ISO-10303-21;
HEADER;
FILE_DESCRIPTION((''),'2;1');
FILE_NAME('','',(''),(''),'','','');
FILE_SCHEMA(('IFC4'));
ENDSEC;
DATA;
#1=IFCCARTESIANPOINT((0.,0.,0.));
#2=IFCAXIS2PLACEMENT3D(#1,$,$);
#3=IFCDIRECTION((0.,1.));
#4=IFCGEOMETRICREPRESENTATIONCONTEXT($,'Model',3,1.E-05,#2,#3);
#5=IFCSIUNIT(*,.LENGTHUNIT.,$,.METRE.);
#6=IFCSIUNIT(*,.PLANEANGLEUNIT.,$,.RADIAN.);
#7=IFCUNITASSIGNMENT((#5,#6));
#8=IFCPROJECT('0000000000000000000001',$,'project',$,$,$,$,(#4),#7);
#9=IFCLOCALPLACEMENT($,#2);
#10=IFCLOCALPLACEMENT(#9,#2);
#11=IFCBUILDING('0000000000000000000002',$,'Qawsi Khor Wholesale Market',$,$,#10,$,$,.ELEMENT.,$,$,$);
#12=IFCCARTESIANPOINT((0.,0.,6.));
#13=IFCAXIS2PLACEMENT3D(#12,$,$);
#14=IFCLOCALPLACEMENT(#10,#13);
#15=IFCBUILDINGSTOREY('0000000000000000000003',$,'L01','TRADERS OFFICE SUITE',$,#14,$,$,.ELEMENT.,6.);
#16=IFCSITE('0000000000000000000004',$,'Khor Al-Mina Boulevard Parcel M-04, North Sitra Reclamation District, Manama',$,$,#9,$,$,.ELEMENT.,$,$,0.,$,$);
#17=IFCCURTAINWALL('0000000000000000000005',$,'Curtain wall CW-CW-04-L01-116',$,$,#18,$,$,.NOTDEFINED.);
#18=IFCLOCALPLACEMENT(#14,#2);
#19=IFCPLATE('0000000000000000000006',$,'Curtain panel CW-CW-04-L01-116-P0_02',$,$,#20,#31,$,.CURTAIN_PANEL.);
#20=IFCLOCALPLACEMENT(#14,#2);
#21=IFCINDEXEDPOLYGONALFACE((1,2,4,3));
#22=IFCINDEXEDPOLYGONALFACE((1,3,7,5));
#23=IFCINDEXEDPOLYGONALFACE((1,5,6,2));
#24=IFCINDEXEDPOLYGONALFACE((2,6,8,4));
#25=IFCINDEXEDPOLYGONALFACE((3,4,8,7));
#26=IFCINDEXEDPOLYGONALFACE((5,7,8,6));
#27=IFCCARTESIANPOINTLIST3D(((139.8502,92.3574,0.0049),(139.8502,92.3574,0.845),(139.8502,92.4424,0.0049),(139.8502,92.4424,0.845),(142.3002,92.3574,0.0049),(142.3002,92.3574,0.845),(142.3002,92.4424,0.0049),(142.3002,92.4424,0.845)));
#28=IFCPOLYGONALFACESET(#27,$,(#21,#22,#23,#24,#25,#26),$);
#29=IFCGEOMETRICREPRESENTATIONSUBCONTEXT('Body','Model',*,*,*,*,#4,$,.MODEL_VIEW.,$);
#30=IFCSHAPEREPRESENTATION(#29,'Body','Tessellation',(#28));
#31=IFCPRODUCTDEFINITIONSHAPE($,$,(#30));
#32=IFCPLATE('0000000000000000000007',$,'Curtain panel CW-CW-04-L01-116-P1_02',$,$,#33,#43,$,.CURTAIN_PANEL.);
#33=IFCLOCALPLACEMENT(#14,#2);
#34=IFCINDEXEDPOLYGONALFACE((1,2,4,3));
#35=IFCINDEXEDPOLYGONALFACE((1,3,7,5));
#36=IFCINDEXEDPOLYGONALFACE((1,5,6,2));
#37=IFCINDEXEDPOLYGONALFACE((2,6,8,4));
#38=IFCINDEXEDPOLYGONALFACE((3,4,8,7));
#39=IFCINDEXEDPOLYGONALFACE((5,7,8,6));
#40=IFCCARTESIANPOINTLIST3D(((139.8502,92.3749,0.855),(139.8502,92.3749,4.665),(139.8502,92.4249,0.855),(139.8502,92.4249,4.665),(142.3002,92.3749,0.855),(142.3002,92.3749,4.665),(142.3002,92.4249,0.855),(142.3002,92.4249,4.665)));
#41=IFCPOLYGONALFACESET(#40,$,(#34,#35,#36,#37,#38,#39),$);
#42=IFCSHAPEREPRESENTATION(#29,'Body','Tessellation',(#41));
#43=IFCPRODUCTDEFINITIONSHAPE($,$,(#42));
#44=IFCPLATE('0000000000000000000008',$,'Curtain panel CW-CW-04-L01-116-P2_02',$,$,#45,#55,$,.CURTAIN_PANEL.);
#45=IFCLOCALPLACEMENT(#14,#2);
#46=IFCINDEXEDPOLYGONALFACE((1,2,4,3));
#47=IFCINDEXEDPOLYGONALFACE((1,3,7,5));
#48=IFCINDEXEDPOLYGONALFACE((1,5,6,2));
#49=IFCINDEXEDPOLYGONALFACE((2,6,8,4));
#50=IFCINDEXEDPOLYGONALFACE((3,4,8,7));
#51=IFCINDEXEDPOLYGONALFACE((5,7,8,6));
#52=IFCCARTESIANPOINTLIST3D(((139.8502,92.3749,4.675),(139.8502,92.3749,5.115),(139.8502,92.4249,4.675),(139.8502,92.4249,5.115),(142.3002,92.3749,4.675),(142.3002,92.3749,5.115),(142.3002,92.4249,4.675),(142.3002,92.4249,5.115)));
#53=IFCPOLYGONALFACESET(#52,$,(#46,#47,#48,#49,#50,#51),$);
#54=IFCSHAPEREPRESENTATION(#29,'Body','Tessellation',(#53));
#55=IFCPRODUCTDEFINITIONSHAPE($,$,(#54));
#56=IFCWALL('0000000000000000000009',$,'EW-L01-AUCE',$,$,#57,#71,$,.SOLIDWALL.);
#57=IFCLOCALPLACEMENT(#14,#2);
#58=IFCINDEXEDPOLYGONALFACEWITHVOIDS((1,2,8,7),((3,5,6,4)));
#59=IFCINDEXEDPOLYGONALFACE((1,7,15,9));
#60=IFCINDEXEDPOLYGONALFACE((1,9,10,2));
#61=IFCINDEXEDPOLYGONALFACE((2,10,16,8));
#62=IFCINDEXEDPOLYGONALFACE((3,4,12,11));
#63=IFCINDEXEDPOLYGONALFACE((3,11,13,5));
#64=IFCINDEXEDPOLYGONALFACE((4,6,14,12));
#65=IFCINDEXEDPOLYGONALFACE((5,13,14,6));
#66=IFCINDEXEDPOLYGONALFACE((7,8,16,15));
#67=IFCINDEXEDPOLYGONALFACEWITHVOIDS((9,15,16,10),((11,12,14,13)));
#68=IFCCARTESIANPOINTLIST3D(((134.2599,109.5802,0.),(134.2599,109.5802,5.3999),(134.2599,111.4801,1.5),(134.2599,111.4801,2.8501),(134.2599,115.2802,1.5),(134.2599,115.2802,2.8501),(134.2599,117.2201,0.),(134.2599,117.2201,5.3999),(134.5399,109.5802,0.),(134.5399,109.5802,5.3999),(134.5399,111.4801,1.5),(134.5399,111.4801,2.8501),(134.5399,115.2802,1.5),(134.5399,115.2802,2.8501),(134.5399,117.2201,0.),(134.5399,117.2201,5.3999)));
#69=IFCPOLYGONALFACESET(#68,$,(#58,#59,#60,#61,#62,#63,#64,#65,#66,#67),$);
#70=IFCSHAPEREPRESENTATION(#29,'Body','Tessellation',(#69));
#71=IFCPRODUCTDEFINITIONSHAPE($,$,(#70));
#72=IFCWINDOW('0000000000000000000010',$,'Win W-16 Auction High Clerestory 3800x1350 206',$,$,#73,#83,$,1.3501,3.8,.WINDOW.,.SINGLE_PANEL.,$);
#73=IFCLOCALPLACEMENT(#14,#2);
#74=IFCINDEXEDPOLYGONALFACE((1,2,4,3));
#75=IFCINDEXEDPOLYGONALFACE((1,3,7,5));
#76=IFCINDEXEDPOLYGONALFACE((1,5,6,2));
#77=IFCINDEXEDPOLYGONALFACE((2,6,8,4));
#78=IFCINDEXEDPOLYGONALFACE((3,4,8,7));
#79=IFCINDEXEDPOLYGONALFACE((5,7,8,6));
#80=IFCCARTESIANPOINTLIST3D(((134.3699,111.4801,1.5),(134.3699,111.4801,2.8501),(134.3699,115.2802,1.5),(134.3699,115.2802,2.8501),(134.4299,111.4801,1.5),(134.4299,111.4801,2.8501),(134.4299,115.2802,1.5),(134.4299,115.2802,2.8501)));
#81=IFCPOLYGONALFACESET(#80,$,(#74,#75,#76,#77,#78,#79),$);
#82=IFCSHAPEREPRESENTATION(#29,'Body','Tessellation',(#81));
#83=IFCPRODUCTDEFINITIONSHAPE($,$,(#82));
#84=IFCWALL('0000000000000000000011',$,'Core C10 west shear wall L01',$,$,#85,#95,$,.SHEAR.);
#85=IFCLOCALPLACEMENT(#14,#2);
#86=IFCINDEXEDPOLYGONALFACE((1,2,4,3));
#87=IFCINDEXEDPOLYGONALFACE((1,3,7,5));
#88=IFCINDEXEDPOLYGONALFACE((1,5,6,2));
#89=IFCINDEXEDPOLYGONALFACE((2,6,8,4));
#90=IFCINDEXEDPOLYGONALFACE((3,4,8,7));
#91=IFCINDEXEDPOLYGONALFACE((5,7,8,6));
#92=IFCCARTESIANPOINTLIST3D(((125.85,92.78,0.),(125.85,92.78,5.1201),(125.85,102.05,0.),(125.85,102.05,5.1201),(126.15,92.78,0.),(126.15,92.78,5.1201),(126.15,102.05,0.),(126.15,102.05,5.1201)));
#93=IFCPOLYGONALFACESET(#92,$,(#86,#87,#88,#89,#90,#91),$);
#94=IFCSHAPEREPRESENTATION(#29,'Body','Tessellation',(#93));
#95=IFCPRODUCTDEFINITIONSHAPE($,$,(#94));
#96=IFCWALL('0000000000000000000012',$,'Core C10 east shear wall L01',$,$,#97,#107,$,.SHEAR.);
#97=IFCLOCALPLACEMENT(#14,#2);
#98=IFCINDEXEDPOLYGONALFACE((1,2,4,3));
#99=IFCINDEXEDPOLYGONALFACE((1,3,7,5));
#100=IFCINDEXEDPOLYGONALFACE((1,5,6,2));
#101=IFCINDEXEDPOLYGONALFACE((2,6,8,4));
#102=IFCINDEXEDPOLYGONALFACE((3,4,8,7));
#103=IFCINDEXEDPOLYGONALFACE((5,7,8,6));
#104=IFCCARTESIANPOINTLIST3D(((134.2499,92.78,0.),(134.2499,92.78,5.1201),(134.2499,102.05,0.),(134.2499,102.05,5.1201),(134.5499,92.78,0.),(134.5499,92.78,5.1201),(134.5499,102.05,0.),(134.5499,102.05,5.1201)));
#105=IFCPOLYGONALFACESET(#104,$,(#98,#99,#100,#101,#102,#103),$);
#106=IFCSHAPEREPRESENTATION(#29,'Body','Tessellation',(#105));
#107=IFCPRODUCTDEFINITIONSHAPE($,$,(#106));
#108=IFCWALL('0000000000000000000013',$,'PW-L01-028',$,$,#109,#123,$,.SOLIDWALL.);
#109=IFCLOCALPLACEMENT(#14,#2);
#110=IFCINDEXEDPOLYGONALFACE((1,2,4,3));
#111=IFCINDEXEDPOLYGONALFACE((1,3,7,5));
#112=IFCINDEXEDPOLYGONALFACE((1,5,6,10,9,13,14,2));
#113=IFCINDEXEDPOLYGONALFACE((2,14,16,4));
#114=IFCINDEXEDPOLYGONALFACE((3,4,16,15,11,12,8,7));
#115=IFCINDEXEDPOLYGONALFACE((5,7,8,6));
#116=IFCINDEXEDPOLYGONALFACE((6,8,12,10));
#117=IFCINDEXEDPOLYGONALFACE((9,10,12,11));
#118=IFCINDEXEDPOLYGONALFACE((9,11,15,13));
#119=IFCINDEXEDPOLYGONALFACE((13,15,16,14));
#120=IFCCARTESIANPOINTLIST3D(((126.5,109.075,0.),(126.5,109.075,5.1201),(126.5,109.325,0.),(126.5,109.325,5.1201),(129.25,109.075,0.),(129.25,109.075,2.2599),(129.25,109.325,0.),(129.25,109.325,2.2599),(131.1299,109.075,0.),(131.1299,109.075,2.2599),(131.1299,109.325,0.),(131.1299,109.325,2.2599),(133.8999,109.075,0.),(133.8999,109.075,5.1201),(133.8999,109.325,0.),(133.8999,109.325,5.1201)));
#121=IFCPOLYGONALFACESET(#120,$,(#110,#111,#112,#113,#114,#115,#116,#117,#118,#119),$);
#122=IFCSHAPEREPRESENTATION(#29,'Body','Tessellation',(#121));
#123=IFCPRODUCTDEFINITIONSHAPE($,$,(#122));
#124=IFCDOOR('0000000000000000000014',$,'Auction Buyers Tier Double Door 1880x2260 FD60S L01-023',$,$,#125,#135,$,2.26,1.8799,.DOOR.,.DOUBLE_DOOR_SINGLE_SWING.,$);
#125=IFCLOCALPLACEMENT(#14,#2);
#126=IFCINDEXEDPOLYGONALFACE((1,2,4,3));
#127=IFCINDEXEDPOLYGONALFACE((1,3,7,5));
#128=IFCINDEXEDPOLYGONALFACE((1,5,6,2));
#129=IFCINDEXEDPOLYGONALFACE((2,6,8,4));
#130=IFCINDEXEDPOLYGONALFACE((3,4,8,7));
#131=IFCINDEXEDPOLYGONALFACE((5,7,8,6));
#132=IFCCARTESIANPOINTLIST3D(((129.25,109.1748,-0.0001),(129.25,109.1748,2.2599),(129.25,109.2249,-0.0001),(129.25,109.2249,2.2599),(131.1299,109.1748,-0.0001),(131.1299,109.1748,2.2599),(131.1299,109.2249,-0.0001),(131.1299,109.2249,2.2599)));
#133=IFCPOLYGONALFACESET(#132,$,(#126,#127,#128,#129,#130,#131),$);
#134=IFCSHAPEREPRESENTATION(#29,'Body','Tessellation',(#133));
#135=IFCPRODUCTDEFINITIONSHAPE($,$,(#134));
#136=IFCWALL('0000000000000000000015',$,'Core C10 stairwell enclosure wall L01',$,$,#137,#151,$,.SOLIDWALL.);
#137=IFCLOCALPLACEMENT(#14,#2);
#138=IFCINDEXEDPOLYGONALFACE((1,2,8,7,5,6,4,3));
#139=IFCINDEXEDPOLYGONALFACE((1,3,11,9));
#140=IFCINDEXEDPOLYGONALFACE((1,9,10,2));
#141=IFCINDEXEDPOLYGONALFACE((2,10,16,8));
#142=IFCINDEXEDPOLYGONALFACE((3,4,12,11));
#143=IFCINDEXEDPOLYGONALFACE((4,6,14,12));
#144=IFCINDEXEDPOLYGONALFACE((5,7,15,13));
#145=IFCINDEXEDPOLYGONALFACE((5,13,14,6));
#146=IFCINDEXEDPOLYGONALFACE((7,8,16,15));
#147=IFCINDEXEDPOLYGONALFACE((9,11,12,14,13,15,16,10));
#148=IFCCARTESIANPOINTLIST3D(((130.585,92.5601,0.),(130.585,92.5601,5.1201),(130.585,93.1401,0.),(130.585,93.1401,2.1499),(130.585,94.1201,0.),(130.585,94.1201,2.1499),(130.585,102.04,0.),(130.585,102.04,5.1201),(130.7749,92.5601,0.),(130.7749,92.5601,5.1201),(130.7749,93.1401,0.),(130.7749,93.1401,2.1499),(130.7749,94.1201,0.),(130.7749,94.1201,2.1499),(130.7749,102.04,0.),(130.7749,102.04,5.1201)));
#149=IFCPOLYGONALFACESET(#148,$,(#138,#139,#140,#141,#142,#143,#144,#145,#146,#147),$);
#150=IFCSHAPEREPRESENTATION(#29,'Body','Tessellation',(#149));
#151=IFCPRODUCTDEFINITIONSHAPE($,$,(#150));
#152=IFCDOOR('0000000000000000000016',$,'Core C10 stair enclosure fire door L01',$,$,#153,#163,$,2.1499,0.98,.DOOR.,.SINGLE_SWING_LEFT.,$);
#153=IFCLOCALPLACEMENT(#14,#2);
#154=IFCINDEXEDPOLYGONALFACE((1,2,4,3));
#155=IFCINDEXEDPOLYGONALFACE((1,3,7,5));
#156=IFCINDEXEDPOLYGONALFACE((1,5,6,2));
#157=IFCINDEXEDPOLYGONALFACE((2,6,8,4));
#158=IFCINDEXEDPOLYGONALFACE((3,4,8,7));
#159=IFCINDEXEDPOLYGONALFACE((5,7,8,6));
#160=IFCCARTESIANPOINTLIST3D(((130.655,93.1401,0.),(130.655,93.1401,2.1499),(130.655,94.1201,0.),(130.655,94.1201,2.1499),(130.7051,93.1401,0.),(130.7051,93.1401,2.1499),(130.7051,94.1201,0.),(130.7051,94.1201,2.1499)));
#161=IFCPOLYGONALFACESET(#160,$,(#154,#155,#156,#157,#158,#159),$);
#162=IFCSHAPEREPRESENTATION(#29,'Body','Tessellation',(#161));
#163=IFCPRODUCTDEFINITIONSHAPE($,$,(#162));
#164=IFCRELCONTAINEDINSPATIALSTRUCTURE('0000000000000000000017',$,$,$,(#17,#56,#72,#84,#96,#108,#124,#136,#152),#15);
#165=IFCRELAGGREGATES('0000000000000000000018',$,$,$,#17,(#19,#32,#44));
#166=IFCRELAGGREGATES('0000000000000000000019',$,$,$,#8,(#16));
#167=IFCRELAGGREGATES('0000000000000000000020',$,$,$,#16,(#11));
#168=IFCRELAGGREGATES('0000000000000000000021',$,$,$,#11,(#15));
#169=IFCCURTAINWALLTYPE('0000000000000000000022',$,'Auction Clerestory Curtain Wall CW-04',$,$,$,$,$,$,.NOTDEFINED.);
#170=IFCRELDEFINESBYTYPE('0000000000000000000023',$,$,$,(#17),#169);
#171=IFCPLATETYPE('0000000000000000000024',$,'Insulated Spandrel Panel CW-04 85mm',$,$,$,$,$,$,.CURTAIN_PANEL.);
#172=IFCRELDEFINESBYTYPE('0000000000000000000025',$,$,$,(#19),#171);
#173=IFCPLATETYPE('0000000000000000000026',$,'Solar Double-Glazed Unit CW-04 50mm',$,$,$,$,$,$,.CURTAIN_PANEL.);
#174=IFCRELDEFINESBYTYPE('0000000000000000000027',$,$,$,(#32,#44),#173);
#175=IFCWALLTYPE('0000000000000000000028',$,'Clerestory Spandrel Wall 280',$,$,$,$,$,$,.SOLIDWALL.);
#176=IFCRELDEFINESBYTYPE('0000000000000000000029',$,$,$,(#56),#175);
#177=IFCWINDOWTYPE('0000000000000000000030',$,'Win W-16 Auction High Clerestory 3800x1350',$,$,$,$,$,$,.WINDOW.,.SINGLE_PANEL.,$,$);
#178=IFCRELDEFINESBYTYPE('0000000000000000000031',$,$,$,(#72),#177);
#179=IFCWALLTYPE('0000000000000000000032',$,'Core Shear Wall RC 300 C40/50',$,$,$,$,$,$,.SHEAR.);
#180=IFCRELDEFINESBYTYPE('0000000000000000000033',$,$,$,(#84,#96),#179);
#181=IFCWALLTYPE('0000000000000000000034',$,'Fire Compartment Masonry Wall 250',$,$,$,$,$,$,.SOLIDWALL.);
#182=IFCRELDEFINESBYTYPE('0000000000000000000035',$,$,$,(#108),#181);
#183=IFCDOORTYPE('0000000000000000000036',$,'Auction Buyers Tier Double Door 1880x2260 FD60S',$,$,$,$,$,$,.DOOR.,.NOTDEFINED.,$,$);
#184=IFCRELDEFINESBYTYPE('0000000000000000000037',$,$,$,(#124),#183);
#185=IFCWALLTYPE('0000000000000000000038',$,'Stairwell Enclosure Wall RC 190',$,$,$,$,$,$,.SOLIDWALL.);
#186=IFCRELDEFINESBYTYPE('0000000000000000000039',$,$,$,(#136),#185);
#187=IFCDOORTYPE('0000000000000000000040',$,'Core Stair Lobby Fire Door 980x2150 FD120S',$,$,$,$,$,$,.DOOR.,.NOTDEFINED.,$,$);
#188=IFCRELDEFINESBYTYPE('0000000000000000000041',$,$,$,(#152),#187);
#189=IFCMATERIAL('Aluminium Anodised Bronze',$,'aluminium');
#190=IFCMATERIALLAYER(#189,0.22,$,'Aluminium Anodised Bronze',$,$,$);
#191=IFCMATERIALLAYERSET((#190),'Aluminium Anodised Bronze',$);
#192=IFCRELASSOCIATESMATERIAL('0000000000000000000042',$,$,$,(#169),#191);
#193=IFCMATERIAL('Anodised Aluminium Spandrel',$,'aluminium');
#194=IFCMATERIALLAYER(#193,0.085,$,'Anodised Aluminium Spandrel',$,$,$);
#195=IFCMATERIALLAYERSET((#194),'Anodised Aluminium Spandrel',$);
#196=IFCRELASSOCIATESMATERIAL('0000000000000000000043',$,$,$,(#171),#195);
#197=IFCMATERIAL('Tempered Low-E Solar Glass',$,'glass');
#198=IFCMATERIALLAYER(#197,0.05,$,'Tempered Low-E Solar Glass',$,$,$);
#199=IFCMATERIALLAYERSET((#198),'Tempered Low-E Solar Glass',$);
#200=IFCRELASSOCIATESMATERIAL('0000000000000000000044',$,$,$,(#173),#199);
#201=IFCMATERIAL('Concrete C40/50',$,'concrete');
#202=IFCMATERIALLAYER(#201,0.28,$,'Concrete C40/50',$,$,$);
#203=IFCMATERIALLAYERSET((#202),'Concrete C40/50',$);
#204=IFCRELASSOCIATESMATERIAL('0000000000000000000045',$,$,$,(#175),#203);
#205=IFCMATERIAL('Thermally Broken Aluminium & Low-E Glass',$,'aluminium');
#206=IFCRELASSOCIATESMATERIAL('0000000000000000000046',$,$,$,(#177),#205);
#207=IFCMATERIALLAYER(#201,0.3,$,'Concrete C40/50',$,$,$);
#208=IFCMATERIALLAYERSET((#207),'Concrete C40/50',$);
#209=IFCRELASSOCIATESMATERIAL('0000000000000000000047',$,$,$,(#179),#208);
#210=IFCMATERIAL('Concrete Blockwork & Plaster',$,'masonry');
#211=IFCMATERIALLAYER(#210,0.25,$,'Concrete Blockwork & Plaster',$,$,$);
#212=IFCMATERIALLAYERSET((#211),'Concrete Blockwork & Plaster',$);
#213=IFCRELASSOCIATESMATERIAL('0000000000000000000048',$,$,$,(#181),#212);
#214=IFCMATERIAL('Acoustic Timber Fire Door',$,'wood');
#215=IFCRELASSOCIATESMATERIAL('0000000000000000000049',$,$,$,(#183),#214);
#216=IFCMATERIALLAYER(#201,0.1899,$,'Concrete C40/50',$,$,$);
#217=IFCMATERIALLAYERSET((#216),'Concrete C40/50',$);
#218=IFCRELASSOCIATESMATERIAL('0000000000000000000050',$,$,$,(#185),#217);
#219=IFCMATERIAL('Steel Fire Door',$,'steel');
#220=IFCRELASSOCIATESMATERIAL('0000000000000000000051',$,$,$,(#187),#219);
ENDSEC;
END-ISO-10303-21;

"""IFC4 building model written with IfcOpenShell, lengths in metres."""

from ifc_helpers import new_model, si_unit, direction, frame, frame_2d, origin, place, context, subcontext, project, spatial, rectangle, extrude, material, layer, layer_set, type_object, element, fill, aggregate, save


model = new_model("IFC4")

# Units and contexts
model_context = context("Model", 3, precision=1e-05, world=origin(), true_north=direction((0.0, 1.0)))
body_context = subcontext(model_context, "Body", "Model", "MODEL_VIEW")
ifc_project = project(units=[si_unit("LENGTHUNIT", "METRE"), si_unit("PLANEANGLEUNIT", "RADIAN")], contexts=[model_context])

# Site, building, storey
site_placement = place(None, origin())
site = spatial("IfcSite", under=ifc_project, at=site_placement, Name="Khor Al-Mina Boulevard Parcel M-04, North Sitra Reclamation District, Manama", CompositionType="ELEMENT", RefElevation=0.0)
building_placement = place(site_placement, origin())
building = spatial("IfcBuilding", under=site, at=building_placement, Name="Qawsi Khor Wholesale Market", CompositionType="ELEMENT")
storey_placement = place(building_placement, frame((0.0, 0.0, 6.0)))
storey = spatial("IfcBuildingStorey", under=building, at=storey_placement, Name="L01", Description="TRADERS OFFICE SUITE", CompositionType="ELEMENT", Elevation=6.0)

# Shared definitions
ifc_material_1 = material(Name="Concrete C40/50", Category="concrete")

# Curtain wall
ifc_material_2 = material(Name="Aluminium Anodised Bronze", Category="aluminium")
ifc_layer_1 = layer(ifc_material_2, 0.22, Name="Aluminium Anodised Bronze")
ifc_layer_set_1 = layer_set([ifc_layer_1], Name="Aluminium Anodised Bronze")
curtain_wall_type = type_object("IfcCurtainWallType", Name="Auction Clerestory Curtain Wall CW-04", PredefinedType="NOTDEFINED", material=ifc_layer_set_1)
curtain_wall_placement = place(storey_placement, origin())
curtain_wall = element("IfcCurtainWall", 1, at=curtain_wall_placement, inside=storey, type_object=curtain_wall_type, Name="Curtain wall CW-CW-04-L01-116", PredefinedType="NOTDEFINED")

# Plates
ifc_material_3 = material(Name="Anodised Aluminium Spandrel", Category="aluminium")
ifc_layer_2 = layer(ifc_material_3, 0.085, Name="Anodised Aluminium Spandrel")
ifc_layer_set_2 = layer_set([ifc_layer_2], Name="Anodised Aluminium Spandrel")
plate_type_1 = type_object("IfcPlateType", Name="Insulated Spandrel Panel CW-04 85mm", PredefinedType="CURTAIN_PANEL", material=ifc_layer_set_2)
plate_1_placement = place(storey_placement, frame((139.8501, 92.3999, 0.0049), z_axis=(0.0, 0.0, 1.0), x_axis=(1.0, 0.0, 0.0)))
plate_1 = element("IfcPlate", 2, at=plate_1_placement, type_object=plate_type_1, Name="Curtain panel CW-CW-04-L01-116-P0_02", PredefinedType="CURTAIN_PANEL", context=body_context, shape_type="SweptSolid", body=[
    extrude(rectangle(XDim=2.45, YDim=0.085, at=frame_2d((1.2251, 0.0))), origin(), (0.0, 0.0, 1.0), 0.8401),
])
ifc_material_4 = material(Name="Tempered Low-E Solar Glass", Category="glass")
ifc_layer_3 = layer(ifc_material_4, 0.05, Name="Tempered Low-E Solar Glass")
ifc_layer_set_3 = layer_set([ifc_layer_3], Name="Tempered Low-E Solar Glass")
plate_type_2 = type_object("IfcPlateType", Name="Solar Double-Glazed Unit CW-04 50mm", PredefinedType="CURTAIN_PANEL", material=ifc_layer_set_3)
plate_2_placement = place(storey_placement, frame((139.8501, 92.3999, 0.855), z_axis=(0.0, 0.0, 1.0), x_axis=(1.0, 0.0, 0.0)))
plate_2 = element("IfcPlate", 3, at=plate_2_placement, type_object=plate_type_2, Name="Curtain panel CW-CW-04-L01-116-P1_02", PredefinedType="CURTAIN_PANEL", context=body_context, shape_type="SweptSolid", body=[
    extrude(rectangle(XDim=2.45, YDim=0.05, at=frame_2d((1.2251, 0.0))), origin(), (0.0, 0.0, 1.0), 3.8101),
])
plate_3_placement = place(storey_placement, frame((139.8501, 92.3999, 4.675), z_axis=(0.0, 0.0, 1.0), x_axis=(1.0, 0.0, 0.0)))
plate_3 = element("IfcPlate", 4, at=plate_3_placement, type_object=plate_type_2, Name="Curtain panel CW-CW-04-L01-116-P2_02", PredefinedType="CURTAIN_PANEL", context=body_context, shape_type="SweptSolid", body=[
    extrude(rectangle(XDim=2.45, YDim=0.05, at=frame_2d((1.2251, 0.0))), origin(), (0.0, 0.0, 1.0), 0.4399),
])
aggregate(curtain_wall, [plate_1, plate_2, plate_3])

# Wall, opening, window
ifc_layer_4 = layer(ifc_material_1, 0.28, Name="Concrete C40/50")
ifc_layer_set_4 = layer_set([ifc_layer_4], Name="Concrete C40/50")
wall_type_1 = type_object("IfcWallType", Name="Clerestory Spandrel Wall 280", PredefinedType="SOLIDWALL", material=ifc_layer_set_4)
wall_1_placement = place(storey_placement, frame((134.3999, 117.22, 0.0), z_axis=(0.0, 0.0, 1.0), x_axis=(0.0, -1.0, 0.0)))
wall_1 = element("IfcWall", 5, at=wall_1_placement, inside=storey, type_object=wall_type_1, Name="EW-L01-AUCE", PredefinedType="SOLIDWALL", context=body_context, shape_type="SweptSolid", body=[
    extrude(rectangle(XDim=7.6399, YDim=0.28, at=frame_2d((3.8198, 0.0))), origin(), (0.0, 0.0, 1.0), 5.3999),
])
opening_1_placement = place(wall_1_placement, frame((1.9399, 0.0, 1.5)))
opening_1 = element("IfcOpeningElement", 6, at=opening_1_placement, cuts=wall_1, PredefinedType="OPENING", context=body_context, shape_type="SweptSolid", body=[
    extrude(rectangle(XDim=3.8, YDim=1.3501, at=frame_2d((1.8999, 0.675))), frame((0.0, 0.1499, 0.0), z_axis=(0.0, -1.0, 0.0), x_axis=(1.0, 0.0, 0.0)), (0.0, 0.0, 1.0), 0.3),
])
ifc_material_5 = material(Name="Thermally Broken Aluminium & Low-E Glass", Category="aluminium")
window_type = type_object("IfcWindowType", Name="Win W-16 Auction High Clerestory 3800x1350", PartitioningType="SINGLE_PANEL", PredefinedType="WINDOW", material=ifc_material_5)
window_placement = place(opening_1_placement, origin())
window = element("IfcWindow", 7, at=window_placement, inside=storey, type_object=window_type, Name="Win W-16 Auction High Clerestory 3800x1350 206", OverallHeight=1.3501, OverallWidth=3.8, PartitioningType="SINGLE_PANEL", PredefinedType="WINDOW", context=body_context, shape_type="SweptSolid", body=[
    extrude(rectangle(XDim=3.8, YDim=1.3501, at=frame_2d((1.8999, 0.675))), frame((0.0, 0.03, 0.0), z_axis=(0.0, -1.0, 0.0), x_axis=(1.0, 0.0, 0.0)), (0.0, 0.0, 1.0), 0.0601),
])
fill(opening_1, window)

# Walls
ifc_layer_5 = layer(ifc_material_1, 0.3, Name="Concrete C40/50")
ifc_layer_set_5 = layer_set([ifc_layer_5], Name="Concrete C40/50")
wall_type_2 = type_object("IfcWallType", Name="Core Shear Wall RC 300 C40/50", PredefinedType="SHEAR", material=ifc_layer_set_5)
for number, where, z_axis, x_axis, name in (
    (8, (126.0, 92.78, 0.0), (0.0, 0.0, 1.0), (0.0, 1.0, 0.0), "Core C10 west shear wall L01"),
    (9, (134.3999, 102.05, 0.0), (0.0, 0.0, 1.0), (0.0, -1.0, 0.0), "Core C10 east shear wall L01"),
):
    element("IfcWall", number, at=place(storey_placement, frame(where, z_axis=z_axis, x_axis=x_axis)), inside=storey, type_object=wall_type_2, Name=name, PredefinedType="SHEAR", context=body_context, shape_type="SweptSolid", body=[
        extrude(rectangle(XDim=9.27, YDim=0.3, at=frame_2d((4.635, 0.0))), origin(), (0.0, 0.0, 1.0), 5.1201),
    ])

# Walls, openings, doors
ifc_material_6 = material(Name="Concrete Blockwork & Plaster", Category="masonry")
ifc_layer_6 = layer(ifc_material_6, 0.25, Name="Concrete Blockwork & Plaster")
ifc_layer_set_6 = layer_set([ifc_layer_6], Name="Concrete Blockwork & Plaster")
wall_type_3 = type_object("IfcWallType", Name="Fire Compartment Masonry Wall 250", PredefinedType="SOLIDWALL", material=ifc_layer_set_6)
wall_2_placement = place(storey_placement, frame((126.5, 109.2, 0.0), z_axis=(0.0, 0.0, 1.0), x_axis=(1.0, 0.0, 0.0)))
wall_2 = element("IfcWall", 10, at=wall_2_placement, inside=storey, type_object=wall_type_3, Name="PW-L01-028", PredefinedType="SOLIDWALL", context=body_context, shape_type="SweptSolid", body=[
    extrude(rectangle(XDim=7.3999, YDim=0.25, at=frame_2d((3.7, 0.0))), origin(), (0.0, 0.0, 1.0), 5.1201),
])
opening_2_placement = place(wall_2_placement, frame((2.75, 0.0, 0.0)))
opening_2 = element("IfcOpeningElement", 11, at=opening_2_placement, cuts=wall_2, PredefinedType="OPENING", context=body_context, shape_type="SweptSolid", body=[
    extrude(rectangle(XDim=1.8799, YDim=2.26, at=frame_2d((0.9399, 1.1299))), frame((0.0, 0.135, 0.0), z_axis=(0.0, -1.0, 0.0), x_axis=(1.0, 0.0, 0.0)), (0.0, 0.0, 1.0), 0.27),
])
ifc_material_7 = material(Name="Acoustic Timber Fire Door", Category="wood")
door_type_1 = type_object("IfcDoorType", Name="Auction Buyers Tier Double Door 1880x2260 FD60S", OperationType="NOTDEFINED", PredefinedType="DOOR", material=ifc_material_7)
door_1_placement = place(opening_2_placement, origin())
door_1 = element("IfcDoor", 12, at=door_1_placement, inside=storey, type_object=door_type_1, Name="Auction Buyers Tier Double Door 1880x2260 FD60S L01-023", OperationType="DOUBLE_DOOR_SINGLE_SWING", OverallHeight=2.26, OverallWidth=1.8799, PredefinedType="DOOR", context=body_context, shape_type="SweptSolid", body=[
    extrude(rectangle(XDim=1.8799, YDim=2.26, at=frame_2d((0.9399, 1.1299))), frame((0.0, 0.0249, 0.0), z_axis=(0.0, -1.0, 0.0), x_axis=(1.0, 0.0, 0.0)), (0.0, 0.0, 1.0), 0.05),
])
fill(opening_2, door_1)
ifc_layer_7 = layer(ifc_material_1, 0.1899, Name="Concrete C40/50")
ifc_layer_set_7 = layer_set([ifc_layer_7], Name="Concrete C40/50")
wall_type_4 = type_object("IfcWallType", Name="Stairwell Enclosure Wall RC 190", PredefinedType="SOLIDWALL", material=ifc_layer_set_7)
wall_3_placement = place(storey_placement, frame((130.6799, 92.5601, 0.0), z_axis=(0.0, 0.0, 1.0), x_axis=(0.0, 1.0, 0.0)))
wall_3 = element("IfcWall", 13, at=wall_3_placement, inside=storey, type_object=wall_type_4, Name="Core C10 stairwell enclosure wall L01", PredefinedType="SOLIDWALL", context=body_context, shape_type="SweptSolid", body=[
    extrude(rectangle(XDim=9.48, YDim=0.1899, at=frame_2d((4.74, 0.0))), origin(), (0.0, 0.0, 1.0), 5.1201),
])
opening_3_placement = place(wall_3_placement, frame((0.5801, 0.0, 0.0)))
opening_3 = element("IfcOpeningElement", 14, at=opening_3_placement, cuts=wall_3, PredefinedType="OPENING", context=body_context, shape_type="SweptSolid", body=[
    extrude(rectangle(XDim=0.98, YDim=2.1499, at=frame_2d((0.49, 1.075))), frame((0.0, 0.105, 0.0), z_axis=(0.0, -1.0, 0.0), x_axis=(1.0, 0.0, 0.0)), (0.0, 0.0, 1.0), 0.21),
])
ifc_material_8 = material(Name="Steel Fire Door", Category="steel")
door_type_2 = type_object("IfcDoorType", Name="Core Stair Lobby Fire Door 980x2150 FD120S", OperationType="NOTDEFINED", PredefinedType="DOOR", material=ifc_material_8)
door_2_placement = place(opening_3_placement, origin())
door_2 = element("IfcDoor", 15, at=door_2_placement, inside=storey, type_object=door_type_2, Name="Core C10 stair enclosure fire door L01", OperationType="SINGLE_SWING_LEFT", OverallHeight=2.1499, OverallWidth=0.98, PredefinedType="DOOR", context=body_context, shape_type="SweptSolid", body=[
    extrude(rectangle(XDim=0.98, YDim=2.1499, at=frame_2d((0.49, 1.075))), frame((0.0, 0.0249, 0.0), z_axis=(0.0, -1.0, 0.0), x_axis=(1.0, 0.0, 0.0)), (0.0, 0.0, 1.0), 0.05),
])
fill(opening_3, door_2)

save(model, "model.ifc")
